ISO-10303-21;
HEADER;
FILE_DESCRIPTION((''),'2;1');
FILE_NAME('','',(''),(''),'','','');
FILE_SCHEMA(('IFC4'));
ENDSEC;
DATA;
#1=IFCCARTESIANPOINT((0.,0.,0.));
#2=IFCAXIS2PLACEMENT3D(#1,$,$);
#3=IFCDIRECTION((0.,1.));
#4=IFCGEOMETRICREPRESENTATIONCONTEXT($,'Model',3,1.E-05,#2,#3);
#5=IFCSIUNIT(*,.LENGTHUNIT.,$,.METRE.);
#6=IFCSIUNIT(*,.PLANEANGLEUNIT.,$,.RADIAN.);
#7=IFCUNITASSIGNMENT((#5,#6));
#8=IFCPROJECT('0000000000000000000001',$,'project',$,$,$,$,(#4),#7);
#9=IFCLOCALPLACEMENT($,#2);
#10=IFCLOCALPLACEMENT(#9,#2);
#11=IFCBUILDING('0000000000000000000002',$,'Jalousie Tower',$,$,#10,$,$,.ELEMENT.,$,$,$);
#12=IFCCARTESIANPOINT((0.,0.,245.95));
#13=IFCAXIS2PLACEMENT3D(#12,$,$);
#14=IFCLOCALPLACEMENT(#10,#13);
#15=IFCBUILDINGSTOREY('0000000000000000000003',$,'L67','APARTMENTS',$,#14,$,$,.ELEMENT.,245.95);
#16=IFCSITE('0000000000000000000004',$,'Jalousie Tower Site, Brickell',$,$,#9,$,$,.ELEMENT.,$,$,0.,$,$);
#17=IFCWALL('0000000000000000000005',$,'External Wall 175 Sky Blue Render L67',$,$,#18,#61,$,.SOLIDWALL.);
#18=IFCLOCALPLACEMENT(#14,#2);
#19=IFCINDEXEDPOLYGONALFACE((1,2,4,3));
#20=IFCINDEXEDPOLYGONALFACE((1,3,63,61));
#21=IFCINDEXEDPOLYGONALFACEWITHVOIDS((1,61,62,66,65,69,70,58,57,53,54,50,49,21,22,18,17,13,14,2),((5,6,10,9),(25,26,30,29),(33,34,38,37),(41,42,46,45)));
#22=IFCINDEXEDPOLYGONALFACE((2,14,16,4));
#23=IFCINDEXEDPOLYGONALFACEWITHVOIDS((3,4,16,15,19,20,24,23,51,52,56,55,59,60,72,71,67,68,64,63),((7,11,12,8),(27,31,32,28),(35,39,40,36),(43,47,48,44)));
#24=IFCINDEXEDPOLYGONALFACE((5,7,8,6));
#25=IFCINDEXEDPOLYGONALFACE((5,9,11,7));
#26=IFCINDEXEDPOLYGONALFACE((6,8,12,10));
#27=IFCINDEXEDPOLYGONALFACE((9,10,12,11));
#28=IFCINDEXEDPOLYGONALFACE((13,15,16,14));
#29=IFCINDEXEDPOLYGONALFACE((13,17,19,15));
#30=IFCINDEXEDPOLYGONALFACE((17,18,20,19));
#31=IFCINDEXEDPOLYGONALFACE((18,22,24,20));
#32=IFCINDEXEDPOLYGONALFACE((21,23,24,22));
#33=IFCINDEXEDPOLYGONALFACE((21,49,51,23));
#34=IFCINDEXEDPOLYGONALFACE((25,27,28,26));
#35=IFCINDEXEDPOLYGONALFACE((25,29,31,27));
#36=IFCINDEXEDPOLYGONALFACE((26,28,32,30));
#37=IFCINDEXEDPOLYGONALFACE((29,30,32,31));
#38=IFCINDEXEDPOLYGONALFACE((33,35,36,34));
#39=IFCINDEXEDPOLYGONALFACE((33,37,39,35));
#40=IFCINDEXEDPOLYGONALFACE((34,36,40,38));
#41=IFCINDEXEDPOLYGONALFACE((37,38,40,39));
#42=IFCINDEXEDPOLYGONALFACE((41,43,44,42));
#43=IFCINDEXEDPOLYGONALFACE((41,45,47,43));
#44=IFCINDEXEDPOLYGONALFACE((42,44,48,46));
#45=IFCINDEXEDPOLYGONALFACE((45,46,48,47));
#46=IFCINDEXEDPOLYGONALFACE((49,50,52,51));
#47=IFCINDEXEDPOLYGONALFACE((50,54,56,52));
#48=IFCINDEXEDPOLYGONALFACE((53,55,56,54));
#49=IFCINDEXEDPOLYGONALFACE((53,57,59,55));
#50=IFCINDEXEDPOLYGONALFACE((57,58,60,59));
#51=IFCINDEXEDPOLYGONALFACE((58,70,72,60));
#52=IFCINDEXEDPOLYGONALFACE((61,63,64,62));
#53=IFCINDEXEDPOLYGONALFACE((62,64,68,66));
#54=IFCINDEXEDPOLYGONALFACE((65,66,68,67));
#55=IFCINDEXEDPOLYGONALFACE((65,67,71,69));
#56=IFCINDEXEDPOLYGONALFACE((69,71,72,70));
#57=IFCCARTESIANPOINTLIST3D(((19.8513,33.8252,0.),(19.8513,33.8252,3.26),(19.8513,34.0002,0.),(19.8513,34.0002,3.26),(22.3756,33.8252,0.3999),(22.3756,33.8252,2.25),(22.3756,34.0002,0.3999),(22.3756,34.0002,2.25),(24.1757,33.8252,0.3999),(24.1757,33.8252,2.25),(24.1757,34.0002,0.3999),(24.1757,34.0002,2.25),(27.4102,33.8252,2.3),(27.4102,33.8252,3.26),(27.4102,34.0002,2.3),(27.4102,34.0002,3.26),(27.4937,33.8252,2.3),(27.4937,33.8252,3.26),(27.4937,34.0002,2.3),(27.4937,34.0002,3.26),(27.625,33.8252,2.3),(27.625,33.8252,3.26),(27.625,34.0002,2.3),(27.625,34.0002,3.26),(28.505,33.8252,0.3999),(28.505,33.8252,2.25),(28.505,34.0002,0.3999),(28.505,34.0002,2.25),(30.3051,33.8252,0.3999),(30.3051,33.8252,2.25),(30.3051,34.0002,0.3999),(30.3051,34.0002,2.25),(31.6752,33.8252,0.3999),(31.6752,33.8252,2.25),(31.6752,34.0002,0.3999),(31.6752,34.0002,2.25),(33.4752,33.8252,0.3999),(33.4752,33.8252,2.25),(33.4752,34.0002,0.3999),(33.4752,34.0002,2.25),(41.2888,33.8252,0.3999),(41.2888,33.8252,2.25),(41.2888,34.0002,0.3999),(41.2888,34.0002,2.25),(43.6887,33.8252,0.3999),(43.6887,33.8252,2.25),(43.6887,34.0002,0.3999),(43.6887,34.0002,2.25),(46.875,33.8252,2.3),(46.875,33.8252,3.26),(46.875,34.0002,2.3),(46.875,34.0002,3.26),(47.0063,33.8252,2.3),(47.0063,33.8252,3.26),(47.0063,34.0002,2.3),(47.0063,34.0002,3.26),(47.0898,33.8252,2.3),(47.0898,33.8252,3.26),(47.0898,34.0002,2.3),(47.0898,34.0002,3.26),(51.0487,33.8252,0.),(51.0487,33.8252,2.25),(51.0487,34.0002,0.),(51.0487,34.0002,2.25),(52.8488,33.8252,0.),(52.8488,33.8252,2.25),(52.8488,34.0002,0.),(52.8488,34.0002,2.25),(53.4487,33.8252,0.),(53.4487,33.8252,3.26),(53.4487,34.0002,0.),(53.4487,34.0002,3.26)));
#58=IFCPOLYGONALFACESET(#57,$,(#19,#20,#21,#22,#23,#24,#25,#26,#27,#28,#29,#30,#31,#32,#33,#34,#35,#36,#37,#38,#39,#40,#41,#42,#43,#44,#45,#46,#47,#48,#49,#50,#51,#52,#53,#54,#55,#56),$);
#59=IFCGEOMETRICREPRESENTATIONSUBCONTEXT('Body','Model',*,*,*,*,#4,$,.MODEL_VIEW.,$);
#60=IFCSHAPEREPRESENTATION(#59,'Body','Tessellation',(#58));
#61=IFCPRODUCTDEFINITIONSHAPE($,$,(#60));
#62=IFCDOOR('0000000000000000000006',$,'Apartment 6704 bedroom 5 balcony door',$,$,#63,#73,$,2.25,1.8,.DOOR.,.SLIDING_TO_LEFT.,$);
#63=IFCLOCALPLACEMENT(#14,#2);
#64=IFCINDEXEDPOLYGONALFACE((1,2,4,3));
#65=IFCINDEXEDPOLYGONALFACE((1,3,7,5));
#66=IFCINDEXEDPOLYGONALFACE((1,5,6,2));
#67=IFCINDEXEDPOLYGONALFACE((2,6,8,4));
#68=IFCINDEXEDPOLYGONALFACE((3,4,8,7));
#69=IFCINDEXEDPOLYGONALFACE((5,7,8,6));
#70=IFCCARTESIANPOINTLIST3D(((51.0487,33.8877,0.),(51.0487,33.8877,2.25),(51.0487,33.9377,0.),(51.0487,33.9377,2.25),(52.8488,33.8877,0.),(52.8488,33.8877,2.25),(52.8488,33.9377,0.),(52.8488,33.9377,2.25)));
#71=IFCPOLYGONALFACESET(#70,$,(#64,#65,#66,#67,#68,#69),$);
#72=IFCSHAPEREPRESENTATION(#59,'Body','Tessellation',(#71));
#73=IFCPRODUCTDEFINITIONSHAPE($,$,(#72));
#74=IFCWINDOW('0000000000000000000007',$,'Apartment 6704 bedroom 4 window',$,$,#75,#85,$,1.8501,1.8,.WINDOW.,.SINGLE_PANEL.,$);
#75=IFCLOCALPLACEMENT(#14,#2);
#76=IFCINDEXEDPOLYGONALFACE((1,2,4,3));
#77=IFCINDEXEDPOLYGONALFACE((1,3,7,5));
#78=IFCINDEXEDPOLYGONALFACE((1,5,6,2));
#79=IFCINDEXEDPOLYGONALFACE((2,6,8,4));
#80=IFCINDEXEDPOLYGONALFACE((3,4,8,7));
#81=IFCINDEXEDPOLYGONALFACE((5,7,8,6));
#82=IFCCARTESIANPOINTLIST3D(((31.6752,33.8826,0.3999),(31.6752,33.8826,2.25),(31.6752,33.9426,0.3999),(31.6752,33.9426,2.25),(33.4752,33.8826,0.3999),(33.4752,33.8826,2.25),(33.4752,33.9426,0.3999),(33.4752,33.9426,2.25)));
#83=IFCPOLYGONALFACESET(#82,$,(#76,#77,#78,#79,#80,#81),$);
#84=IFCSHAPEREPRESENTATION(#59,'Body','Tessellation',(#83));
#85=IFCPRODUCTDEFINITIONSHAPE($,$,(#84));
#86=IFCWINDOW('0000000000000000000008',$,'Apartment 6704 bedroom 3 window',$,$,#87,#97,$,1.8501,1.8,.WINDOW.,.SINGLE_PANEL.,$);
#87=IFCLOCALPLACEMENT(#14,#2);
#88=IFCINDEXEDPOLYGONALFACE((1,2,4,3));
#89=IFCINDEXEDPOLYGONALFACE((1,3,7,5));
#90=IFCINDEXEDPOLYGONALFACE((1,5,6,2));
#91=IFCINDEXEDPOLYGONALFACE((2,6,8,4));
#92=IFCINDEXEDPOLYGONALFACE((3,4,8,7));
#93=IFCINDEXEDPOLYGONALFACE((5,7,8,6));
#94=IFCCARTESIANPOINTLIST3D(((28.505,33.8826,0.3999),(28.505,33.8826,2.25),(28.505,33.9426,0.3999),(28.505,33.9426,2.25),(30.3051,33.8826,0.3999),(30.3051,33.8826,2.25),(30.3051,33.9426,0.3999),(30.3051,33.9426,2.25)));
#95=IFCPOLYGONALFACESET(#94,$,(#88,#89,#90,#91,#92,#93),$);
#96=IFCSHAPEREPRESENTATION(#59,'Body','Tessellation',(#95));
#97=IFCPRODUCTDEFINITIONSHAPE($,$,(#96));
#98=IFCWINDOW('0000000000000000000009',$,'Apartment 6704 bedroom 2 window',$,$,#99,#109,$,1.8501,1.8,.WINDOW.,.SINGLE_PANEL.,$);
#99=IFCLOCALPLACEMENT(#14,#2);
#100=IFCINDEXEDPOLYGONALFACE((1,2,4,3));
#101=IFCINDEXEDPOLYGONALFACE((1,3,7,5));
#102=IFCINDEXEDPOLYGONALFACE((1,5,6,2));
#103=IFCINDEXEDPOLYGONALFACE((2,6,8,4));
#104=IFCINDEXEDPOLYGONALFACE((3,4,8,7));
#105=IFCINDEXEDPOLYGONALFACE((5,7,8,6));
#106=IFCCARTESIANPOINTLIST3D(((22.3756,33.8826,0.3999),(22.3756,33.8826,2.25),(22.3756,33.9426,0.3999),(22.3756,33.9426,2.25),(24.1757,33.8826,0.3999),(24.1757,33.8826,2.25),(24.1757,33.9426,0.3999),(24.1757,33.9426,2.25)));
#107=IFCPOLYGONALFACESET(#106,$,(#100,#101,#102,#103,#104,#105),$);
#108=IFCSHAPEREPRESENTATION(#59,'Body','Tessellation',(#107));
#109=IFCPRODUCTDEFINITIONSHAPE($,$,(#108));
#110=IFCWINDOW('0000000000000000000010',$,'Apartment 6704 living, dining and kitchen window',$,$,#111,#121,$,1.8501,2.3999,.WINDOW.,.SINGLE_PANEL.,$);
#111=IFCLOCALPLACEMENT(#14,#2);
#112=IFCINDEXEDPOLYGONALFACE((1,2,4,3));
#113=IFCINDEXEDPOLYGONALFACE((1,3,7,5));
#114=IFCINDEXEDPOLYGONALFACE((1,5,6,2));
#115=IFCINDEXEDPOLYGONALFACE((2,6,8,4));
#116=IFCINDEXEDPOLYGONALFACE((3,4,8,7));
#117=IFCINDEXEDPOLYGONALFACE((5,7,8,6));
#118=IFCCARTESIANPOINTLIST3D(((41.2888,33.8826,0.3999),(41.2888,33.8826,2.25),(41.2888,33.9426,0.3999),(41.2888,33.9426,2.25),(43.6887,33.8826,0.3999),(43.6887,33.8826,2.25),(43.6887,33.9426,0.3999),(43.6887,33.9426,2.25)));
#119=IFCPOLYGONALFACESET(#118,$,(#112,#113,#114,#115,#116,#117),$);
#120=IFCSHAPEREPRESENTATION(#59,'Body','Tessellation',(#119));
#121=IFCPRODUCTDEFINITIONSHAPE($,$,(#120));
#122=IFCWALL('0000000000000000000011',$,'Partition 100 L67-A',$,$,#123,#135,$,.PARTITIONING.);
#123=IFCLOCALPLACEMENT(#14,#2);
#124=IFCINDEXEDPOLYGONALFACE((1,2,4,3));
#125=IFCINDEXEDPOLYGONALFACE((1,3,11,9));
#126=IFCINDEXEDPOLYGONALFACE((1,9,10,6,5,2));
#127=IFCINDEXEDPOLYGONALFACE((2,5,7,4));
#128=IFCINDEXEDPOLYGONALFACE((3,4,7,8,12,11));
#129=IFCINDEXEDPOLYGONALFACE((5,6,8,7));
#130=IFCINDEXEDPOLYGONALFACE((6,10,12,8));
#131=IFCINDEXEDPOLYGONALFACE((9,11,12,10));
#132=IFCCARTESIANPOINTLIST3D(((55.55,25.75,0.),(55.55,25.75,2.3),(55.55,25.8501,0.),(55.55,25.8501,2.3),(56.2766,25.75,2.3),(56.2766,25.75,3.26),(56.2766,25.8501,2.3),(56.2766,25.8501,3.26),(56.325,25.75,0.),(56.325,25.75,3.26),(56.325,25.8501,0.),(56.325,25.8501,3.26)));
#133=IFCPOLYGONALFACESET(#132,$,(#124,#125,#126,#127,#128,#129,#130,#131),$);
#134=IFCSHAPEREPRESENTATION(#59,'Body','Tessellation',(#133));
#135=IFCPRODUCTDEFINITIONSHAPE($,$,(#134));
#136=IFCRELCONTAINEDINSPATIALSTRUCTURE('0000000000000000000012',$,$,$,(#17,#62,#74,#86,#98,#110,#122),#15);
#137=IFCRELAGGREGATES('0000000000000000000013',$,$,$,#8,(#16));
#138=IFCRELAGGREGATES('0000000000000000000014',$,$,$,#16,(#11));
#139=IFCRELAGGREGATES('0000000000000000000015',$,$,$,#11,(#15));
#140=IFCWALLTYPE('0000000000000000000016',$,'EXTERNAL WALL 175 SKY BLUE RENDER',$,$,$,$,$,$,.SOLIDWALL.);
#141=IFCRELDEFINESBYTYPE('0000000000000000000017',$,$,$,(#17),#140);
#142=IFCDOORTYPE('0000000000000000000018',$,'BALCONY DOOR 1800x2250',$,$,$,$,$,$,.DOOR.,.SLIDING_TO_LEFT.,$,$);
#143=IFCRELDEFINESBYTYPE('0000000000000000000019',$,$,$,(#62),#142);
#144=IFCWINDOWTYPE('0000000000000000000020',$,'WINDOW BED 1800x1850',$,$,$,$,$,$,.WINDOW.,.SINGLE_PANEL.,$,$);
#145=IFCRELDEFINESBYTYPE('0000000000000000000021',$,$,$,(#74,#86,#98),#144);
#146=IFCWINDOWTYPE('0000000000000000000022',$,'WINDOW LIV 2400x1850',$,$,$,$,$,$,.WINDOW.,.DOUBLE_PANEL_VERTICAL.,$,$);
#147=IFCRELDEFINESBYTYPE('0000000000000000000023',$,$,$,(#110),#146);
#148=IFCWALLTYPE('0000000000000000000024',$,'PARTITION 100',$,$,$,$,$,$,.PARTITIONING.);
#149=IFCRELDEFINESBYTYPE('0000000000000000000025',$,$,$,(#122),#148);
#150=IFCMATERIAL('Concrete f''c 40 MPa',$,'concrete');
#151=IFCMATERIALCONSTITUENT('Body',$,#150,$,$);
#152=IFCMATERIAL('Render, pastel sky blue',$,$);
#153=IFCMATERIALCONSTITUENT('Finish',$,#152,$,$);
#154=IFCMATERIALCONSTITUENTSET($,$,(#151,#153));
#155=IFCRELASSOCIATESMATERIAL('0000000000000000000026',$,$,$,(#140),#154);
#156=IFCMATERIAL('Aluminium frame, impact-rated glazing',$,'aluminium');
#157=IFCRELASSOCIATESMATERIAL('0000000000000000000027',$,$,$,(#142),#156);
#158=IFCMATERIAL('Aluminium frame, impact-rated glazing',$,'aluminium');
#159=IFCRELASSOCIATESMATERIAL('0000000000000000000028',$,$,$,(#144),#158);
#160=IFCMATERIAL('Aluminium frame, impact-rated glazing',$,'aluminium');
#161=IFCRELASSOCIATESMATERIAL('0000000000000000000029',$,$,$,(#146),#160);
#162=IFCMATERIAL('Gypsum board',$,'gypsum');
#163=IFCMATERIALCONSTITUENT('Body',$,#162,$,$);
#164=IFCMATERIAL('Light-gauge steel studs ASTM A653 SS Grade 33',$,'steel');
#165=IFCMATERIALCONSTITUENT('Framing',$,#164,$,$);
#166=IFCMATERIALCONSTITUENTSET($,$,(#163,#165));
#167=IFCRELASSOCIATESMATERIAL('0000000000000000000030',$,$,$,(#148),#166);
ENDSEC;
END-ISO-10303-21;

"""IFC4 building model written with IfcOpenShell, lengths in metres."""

from ifc_helpers import new_model, si_unit, direction, frame, frame_2d, origin, place, context, subcontext, project, spatial, polyline, rectangle, outline, extrude, material, constituent, constituent_set, type_object, element, fill, save


model = new_model("IFC4")

# Units and contexts
model_context = context("Model", 3, precision=1e-05, world=origin(), true_north=direction((0.0, 1.0)))
body_context = subcontext(model_context, "Body", "Model", "MODEL_VIEW")
ifc_project = project(units=[si_unit("LENGTHUNIT", "METRE"), si_unit("PLANEANGLEUNIT", "RADIAN")], contexts=[model_context])

# Site, building, storey
site_placement = place(None, origin())
site = spatial("IfcSite", under=ifc_project, at=site_placement, Name="Jalousie Tower Site, Brickell", CompositionType="ELEMENT", RefElevation=0.0)
building_placement = place(site_placement, origin())
building = spatial("IfcBuilding", under=site, at=building_placement, Name="Jalousie Tower", CompositionType="ELEMENT")
storey_placement = place(building_placement, frame((0.0, 0.0, 245.95)))
storey = spatial("IfcBuildingStorey", under=building, at=storey_placement, Name="L67", Description="APARTMENTS", CompositionType="ELEMENT", Elevation=245.95)

# Wall, openings, door, windows
ifc_material_1 = material(Name="Concrete f'c 40 MPa", Category="concrete")
ifc_constituent_1 = constituent(ifc_material_1, Name="Body")
ifc_material_2 = material(Name="Render, pastel sky blue")
ifc_constituent_2 = constituent(ifc_material_2, Name="Finish")
ifc_constituent_set_1 = constituent_set(constituents=[ifc_constituent_1, ifc_constituent_2])
wall_type_1 = type_object("IfcWallType", Name="EXTERNAL WALL 175 SKY BLUE RENDER", PredefinedType="SOLIDWALL", material=ifc_constituent_set_1)
wall_1_placement = place(storey_placement, frame((53.4487, 33.9126, 0.0), z_axis=(0.0, 0.0, 1.0), x_axis=(-1.0, 0.0, 0.0)))
wall_1 = element("IfcWall", 1, at=wall_1_placement, inside=storey, type_object=wall_type_1, Name="External Wall 175 Sky Blue Render L67", PredefinedType="SOLIDWALL", context=body_context, shape_type="SweptSolid", body=[
    extrude(outline(polyline([(0.0, 0.0), (33.5974, 0.0), (33.5974, 3.26), (26.0386, 3.26), (26.0386, 2.3), (25.9551, 2.3), (25.9551, 3.26), (25.8237, 3.26), (25.8237, 2.3), (6.5737, 2.3), (6.5737, 3.26), (6.4424, 3.26), (6.4424, 2.3), (6.3589, 2.3), (6.3589, 3.26), (0.0, 3.26), (0.0, 0.0)])), frame((0.0, 0.0874, 0.0), z_axis=(0.0, -1.0, 0.0), x_axis=(1.0, 0.0, 0.0)), (0.0, 0.0, 1.0), 0.175),
])
opening_1_placement = place(wall_1_placement, frame((0.6001, 0.0, 0.0)))
opening_1 = element("IfcOpeningElement", 2, at=opening_1_placement, cuts=wall_1, PredefinedType="OPENING", context=body_context, shape_type="SweptSolid", body=[
    extrude(rectangle(XDim=1.8, YDim=2.25, at=frame_2d((0.8999, 1.125))), frame((0.0, 0.0974, 0.0), z_axis=(0.0, -1.0, 0.0), x_axis=(1.0, 0.0, 0.0)), (0.0, 0.0, 1.0), 0.1951),
])
opening_2_placement = place(wall_1_placement, frame((9.76, 0.0, 0.3999)))
opening_2 = element("IfcOpeningElement", 3, at=opening_2_placement, cuts=wall_1, PredefinedType="OPENING", context=body_context, shape_type="SweptSolid", body=[
    extrude(rectangle(XDim=2.3999, YDim=1.8501, at=frame_2d((1.2, 0.925))), frame((0.0, 0.0974, 0.0), z_axis=(0.0, -1.0, 0.0), x_axis=(1.0, 0.0, 0.0)), (0.0, 0.0, 1.0), 0.1951),
])
opening_3_placement = place(wall_1_placement, frame((19.9736, 0.0, 0.3999)))
opening_3 = element("IfcOpeningElement", 4, at=opening_3_placement, cuts=wall_1, PredefinedType="OPENING", context=body_context, shape_type="SweptSolid", body=[
    extrude(rectangle(XDim=1.8, YDim=1.8501, at=frame_2d((0.8999, 0.925))), frame((0.0, 0.0974, 0.0), z_axis=(0.0, -1.0, 0.0), x_axis=(1.0, 0.0, 0.0)), (0.0, 0.0, 1.0), 0.1951),
])
opening_4_placement = place(wall_1_placement, frame((23.1438, 0.0, 0.3999)))
opening_4 = element("IfcOpeningElement", 5, at=opening_4_placement, cuts=wall_1, PredefinedType="OPENING", context=body_context, shape_type="SweptSolid", body=[
    extrude(rectangle(XDim=1.8, YDim=1.8501, at=frame_2d((0.8999, 0.925))), frame((0.0, 0.0974, 0.0), z_axis=(0.0, -1.0, 0.0), x_axis=(1.0, 0.0, 0.0)), (0.0, 0.0, 1.0), 0.1951),
])
opening_5_placement = place(wall_1_placement, frame((29.2732, 0.0, 0.3999)))
opening_5 = element("IfcOpeningElement", 6, at=opening_5_placement, cuts=wall_1, PredefinedType="OPENING", context=body_context, shape_type="SweptSolid", body=[
    extrude(rectangle(XDim=1.8, YDim=1.8501, at=frame_2d((0.8999, 0.925))), frame((0.0, 0.0974, 0.0), z_axis=(0.0, -1.0, 0.0), x_axis=(1.0, 0.0, 0.0)), (0.0, 0.0, 1.0), 0.1951),
])
ifc_material_3 = material(Name="Aluminium frame, impact-rated glazing", Category="aluminium")
door_type_1 = type_object("IfcDoorType", Name="BALCONY DOOR 1800x2250", OperationType="SLIDING_TO_LEFT", PredefinedType="DOOR", material=ifc_material_3)
door_1_placement = place(opening_1_placement, origin())
door_1 = element("IfcDoor", 7, at=door_1_placement, inside=storey, type_object=door_type_1, Name="Apartment 6704 bedroom 5 balcony door", OperationType="SLIDING_TO_LEFT", OverallHeight=2.25, OverallWidth=1.8, PredefinedType="DOOR", context=body_context, shape_type="SweptSolid", body=[
    extrude(rectangle(XDim=1.8, YDim=2.25, at=frame_2d((0.8999, 1.125))), frame((0.0, 0.0249, 0.0), z_axis=(0.0, -1.0, 0.0), x_axis=(1.0, 0.0, 0.0)), (0.0, 0.0, 1.0), 0.05),
])
fill(opening_1, door_1)
ifc_material_4 = material(Name="Aluminium frame, impact-rated glazing", Category="aluminium")
window_type_1 = type_object("IfcWindowType", Name="WINDOW BED 1800x1850", PartitioningType="SINGLE_PANEL", PredefinedType="WINDOW", material=ifc_material_4)
window_1_placement = place(opening_3_placement, origin())
window_1 = element("IfcWindow", 8, at=window_1_placement, inside=storey, type_object=window_type_1, Name="Apartment 6704 bedroom 4 window", OverallHeight=1.8501, OverallWidth=1.8, PartitioningType="SINGLE_PANEL", PredefinedType="WINDOW", context=body_context, shape_type="SweptSolid", body=[
    extrude(rectangle(XDim=1.8, YDim=1.8501, at=frame_2d((0.8999, 0.925))), frame((0.0, 0.03, 0.0), z_axis=(0.0, -1.0, 0.0), x_axis=(1.0, 0.0, 0.0)), (0.0, 0.0, 1.0), 0.0601),
])
fill(opening_3, window_1)
window_2_placement = place(opening_4_placement, origin())
window_2 = element("IfcWindow", 9, at=window_2_placement, inside=storey, type_object=window_type_1, Name="Apartment 6704 bedroom 3 window", OverallHeight=1.8501, OverallWidth=1.8, PartitioningType="SINGLE_PANEL", PredefinedType="WINDOW", context=body_context, shape_type="SweptSolid", body=[
    extrude(rectangle(XDim=1.8, YDim=1.8501, at=frame_2d((0.8999, 0.925))), frame((0.0, 0.03, 0.0), z_axis=(0.0, -1.0, 0.0), x_axis=(1.0, 0.0, 0.0)), (0.0, 0.0, 1.0), 0.0601),
])
fill(opening_4, window_2)
window_3_placement = place(opening_5_placement, origin())
window_3 = element("IfcWindow", 10, at=window_3_placement, inside=storey, type_object=window_type_1, Name="Apartment 6704 bedroom 2 window", OverallHeight=1.8501, OverallWidth=1.8, PartitioningType="SINGLE_PANEL", PredefinedType="WINDOW", context=body_context, shape_type="SweptSolid", body=[
    extrude(rectangle(XDim=1.8, YDim=1.8501, at=frame_2d((0.8999, 0.925))), frame((0.0, 0.03, 0.0), z_axis=(0.0, -1.0, 0.0), x_axis=(1.0, 0.0, 0.0)), (0.0, 0.0, 1.0), 0.0601),
])
fill(opening_5, window_3)
ifc_material_5 = material(Name="Aluminium frame, impact-rated glazing", Category="aluminium")
window_type_2 = type_object("IfcWindowType", Name="WINDOW LIV 2400x1850", PartitioningType="DOUBLE_PANEL_VERTICAL", PredefinedType="WINDOW", material=ifc_material_5)
window_4_placement = place(opening_2_placement, origin())
window_4 = element("IfcWindow", 11, at=window_4_placement, inside=storey, type_object=window_type_2, Name="Apartment 6704 living, dining and kitchen window", OverallHeight=1.8501, OverallWidth=2.3999, PartitioningType="SINGLE_PANEL", PredefinedType="WINDOW", context=body_context, shape_type="SweptSolid", body=[
    extrude(rectangle(XDim=2.3999, YDim=1.8501, at=frame_2d((1.2, 0.925))), frame((0.0, 0.03, 0.0), z_axis=(0.0, -1.0, 0.0), x_axis=(1.0, 0.0, 0.0)), (0.0, 0.0, 1.0), 0.0601),
])
fill(opening_2, window_4)

# Wall
ifc_material_6 = material(Name="Gypsum board", Category="gypsum")
ifc_constituent_3 = constituent(ifc_material_6, Name="Body")
ifc_material_7 = material(Name="Light-gauge steel studs ASTM A653 SS Grade 33", Category="steel")
ifc_constituent_4 = constituent(ifc_material_7, Name="Framing")
ifc_constituent_set_2 = constituent_set(constituents=[ifc_constituent_3, ifc_constituent_4])
wall_type_2 = type_object("IfcWallType", Name="PARTITION 100", PredefinedType="PARTITIONING", material=ifc_constituent_set_2)
wall_2_placement = place(storey_placement, frame((56.325, 25.8, 0.0), z_axis=(0.0, 0.0, 1.0), x_axis=(-1.0, 0.0, 0.0)))
element("IfcWall", 12, at=wall_2_placement, inside=storey, type_object=wall_type_2, Name="Partition 100 L67-A", PredefinedType="PARTITIONING", context=body_context, shape_type="SweptSolid", body=[
    extrude(outline(polyline([(0.0, 0.0), (0.7749, 0.0), (0.7749, 2.3), (0.0483, 2.3), (0.0483, 3.26), (0.0, 3.26), (0.0, 0.0)])), frame((0.0, 0.05, 0.0), z_axis=(0.0, -1.0, 0.0), x_axis=(1.0, 0.0, 0.0)), (0.0, 0.0, 1.0), 0.1001),
])

save(model, "model.ifc")
